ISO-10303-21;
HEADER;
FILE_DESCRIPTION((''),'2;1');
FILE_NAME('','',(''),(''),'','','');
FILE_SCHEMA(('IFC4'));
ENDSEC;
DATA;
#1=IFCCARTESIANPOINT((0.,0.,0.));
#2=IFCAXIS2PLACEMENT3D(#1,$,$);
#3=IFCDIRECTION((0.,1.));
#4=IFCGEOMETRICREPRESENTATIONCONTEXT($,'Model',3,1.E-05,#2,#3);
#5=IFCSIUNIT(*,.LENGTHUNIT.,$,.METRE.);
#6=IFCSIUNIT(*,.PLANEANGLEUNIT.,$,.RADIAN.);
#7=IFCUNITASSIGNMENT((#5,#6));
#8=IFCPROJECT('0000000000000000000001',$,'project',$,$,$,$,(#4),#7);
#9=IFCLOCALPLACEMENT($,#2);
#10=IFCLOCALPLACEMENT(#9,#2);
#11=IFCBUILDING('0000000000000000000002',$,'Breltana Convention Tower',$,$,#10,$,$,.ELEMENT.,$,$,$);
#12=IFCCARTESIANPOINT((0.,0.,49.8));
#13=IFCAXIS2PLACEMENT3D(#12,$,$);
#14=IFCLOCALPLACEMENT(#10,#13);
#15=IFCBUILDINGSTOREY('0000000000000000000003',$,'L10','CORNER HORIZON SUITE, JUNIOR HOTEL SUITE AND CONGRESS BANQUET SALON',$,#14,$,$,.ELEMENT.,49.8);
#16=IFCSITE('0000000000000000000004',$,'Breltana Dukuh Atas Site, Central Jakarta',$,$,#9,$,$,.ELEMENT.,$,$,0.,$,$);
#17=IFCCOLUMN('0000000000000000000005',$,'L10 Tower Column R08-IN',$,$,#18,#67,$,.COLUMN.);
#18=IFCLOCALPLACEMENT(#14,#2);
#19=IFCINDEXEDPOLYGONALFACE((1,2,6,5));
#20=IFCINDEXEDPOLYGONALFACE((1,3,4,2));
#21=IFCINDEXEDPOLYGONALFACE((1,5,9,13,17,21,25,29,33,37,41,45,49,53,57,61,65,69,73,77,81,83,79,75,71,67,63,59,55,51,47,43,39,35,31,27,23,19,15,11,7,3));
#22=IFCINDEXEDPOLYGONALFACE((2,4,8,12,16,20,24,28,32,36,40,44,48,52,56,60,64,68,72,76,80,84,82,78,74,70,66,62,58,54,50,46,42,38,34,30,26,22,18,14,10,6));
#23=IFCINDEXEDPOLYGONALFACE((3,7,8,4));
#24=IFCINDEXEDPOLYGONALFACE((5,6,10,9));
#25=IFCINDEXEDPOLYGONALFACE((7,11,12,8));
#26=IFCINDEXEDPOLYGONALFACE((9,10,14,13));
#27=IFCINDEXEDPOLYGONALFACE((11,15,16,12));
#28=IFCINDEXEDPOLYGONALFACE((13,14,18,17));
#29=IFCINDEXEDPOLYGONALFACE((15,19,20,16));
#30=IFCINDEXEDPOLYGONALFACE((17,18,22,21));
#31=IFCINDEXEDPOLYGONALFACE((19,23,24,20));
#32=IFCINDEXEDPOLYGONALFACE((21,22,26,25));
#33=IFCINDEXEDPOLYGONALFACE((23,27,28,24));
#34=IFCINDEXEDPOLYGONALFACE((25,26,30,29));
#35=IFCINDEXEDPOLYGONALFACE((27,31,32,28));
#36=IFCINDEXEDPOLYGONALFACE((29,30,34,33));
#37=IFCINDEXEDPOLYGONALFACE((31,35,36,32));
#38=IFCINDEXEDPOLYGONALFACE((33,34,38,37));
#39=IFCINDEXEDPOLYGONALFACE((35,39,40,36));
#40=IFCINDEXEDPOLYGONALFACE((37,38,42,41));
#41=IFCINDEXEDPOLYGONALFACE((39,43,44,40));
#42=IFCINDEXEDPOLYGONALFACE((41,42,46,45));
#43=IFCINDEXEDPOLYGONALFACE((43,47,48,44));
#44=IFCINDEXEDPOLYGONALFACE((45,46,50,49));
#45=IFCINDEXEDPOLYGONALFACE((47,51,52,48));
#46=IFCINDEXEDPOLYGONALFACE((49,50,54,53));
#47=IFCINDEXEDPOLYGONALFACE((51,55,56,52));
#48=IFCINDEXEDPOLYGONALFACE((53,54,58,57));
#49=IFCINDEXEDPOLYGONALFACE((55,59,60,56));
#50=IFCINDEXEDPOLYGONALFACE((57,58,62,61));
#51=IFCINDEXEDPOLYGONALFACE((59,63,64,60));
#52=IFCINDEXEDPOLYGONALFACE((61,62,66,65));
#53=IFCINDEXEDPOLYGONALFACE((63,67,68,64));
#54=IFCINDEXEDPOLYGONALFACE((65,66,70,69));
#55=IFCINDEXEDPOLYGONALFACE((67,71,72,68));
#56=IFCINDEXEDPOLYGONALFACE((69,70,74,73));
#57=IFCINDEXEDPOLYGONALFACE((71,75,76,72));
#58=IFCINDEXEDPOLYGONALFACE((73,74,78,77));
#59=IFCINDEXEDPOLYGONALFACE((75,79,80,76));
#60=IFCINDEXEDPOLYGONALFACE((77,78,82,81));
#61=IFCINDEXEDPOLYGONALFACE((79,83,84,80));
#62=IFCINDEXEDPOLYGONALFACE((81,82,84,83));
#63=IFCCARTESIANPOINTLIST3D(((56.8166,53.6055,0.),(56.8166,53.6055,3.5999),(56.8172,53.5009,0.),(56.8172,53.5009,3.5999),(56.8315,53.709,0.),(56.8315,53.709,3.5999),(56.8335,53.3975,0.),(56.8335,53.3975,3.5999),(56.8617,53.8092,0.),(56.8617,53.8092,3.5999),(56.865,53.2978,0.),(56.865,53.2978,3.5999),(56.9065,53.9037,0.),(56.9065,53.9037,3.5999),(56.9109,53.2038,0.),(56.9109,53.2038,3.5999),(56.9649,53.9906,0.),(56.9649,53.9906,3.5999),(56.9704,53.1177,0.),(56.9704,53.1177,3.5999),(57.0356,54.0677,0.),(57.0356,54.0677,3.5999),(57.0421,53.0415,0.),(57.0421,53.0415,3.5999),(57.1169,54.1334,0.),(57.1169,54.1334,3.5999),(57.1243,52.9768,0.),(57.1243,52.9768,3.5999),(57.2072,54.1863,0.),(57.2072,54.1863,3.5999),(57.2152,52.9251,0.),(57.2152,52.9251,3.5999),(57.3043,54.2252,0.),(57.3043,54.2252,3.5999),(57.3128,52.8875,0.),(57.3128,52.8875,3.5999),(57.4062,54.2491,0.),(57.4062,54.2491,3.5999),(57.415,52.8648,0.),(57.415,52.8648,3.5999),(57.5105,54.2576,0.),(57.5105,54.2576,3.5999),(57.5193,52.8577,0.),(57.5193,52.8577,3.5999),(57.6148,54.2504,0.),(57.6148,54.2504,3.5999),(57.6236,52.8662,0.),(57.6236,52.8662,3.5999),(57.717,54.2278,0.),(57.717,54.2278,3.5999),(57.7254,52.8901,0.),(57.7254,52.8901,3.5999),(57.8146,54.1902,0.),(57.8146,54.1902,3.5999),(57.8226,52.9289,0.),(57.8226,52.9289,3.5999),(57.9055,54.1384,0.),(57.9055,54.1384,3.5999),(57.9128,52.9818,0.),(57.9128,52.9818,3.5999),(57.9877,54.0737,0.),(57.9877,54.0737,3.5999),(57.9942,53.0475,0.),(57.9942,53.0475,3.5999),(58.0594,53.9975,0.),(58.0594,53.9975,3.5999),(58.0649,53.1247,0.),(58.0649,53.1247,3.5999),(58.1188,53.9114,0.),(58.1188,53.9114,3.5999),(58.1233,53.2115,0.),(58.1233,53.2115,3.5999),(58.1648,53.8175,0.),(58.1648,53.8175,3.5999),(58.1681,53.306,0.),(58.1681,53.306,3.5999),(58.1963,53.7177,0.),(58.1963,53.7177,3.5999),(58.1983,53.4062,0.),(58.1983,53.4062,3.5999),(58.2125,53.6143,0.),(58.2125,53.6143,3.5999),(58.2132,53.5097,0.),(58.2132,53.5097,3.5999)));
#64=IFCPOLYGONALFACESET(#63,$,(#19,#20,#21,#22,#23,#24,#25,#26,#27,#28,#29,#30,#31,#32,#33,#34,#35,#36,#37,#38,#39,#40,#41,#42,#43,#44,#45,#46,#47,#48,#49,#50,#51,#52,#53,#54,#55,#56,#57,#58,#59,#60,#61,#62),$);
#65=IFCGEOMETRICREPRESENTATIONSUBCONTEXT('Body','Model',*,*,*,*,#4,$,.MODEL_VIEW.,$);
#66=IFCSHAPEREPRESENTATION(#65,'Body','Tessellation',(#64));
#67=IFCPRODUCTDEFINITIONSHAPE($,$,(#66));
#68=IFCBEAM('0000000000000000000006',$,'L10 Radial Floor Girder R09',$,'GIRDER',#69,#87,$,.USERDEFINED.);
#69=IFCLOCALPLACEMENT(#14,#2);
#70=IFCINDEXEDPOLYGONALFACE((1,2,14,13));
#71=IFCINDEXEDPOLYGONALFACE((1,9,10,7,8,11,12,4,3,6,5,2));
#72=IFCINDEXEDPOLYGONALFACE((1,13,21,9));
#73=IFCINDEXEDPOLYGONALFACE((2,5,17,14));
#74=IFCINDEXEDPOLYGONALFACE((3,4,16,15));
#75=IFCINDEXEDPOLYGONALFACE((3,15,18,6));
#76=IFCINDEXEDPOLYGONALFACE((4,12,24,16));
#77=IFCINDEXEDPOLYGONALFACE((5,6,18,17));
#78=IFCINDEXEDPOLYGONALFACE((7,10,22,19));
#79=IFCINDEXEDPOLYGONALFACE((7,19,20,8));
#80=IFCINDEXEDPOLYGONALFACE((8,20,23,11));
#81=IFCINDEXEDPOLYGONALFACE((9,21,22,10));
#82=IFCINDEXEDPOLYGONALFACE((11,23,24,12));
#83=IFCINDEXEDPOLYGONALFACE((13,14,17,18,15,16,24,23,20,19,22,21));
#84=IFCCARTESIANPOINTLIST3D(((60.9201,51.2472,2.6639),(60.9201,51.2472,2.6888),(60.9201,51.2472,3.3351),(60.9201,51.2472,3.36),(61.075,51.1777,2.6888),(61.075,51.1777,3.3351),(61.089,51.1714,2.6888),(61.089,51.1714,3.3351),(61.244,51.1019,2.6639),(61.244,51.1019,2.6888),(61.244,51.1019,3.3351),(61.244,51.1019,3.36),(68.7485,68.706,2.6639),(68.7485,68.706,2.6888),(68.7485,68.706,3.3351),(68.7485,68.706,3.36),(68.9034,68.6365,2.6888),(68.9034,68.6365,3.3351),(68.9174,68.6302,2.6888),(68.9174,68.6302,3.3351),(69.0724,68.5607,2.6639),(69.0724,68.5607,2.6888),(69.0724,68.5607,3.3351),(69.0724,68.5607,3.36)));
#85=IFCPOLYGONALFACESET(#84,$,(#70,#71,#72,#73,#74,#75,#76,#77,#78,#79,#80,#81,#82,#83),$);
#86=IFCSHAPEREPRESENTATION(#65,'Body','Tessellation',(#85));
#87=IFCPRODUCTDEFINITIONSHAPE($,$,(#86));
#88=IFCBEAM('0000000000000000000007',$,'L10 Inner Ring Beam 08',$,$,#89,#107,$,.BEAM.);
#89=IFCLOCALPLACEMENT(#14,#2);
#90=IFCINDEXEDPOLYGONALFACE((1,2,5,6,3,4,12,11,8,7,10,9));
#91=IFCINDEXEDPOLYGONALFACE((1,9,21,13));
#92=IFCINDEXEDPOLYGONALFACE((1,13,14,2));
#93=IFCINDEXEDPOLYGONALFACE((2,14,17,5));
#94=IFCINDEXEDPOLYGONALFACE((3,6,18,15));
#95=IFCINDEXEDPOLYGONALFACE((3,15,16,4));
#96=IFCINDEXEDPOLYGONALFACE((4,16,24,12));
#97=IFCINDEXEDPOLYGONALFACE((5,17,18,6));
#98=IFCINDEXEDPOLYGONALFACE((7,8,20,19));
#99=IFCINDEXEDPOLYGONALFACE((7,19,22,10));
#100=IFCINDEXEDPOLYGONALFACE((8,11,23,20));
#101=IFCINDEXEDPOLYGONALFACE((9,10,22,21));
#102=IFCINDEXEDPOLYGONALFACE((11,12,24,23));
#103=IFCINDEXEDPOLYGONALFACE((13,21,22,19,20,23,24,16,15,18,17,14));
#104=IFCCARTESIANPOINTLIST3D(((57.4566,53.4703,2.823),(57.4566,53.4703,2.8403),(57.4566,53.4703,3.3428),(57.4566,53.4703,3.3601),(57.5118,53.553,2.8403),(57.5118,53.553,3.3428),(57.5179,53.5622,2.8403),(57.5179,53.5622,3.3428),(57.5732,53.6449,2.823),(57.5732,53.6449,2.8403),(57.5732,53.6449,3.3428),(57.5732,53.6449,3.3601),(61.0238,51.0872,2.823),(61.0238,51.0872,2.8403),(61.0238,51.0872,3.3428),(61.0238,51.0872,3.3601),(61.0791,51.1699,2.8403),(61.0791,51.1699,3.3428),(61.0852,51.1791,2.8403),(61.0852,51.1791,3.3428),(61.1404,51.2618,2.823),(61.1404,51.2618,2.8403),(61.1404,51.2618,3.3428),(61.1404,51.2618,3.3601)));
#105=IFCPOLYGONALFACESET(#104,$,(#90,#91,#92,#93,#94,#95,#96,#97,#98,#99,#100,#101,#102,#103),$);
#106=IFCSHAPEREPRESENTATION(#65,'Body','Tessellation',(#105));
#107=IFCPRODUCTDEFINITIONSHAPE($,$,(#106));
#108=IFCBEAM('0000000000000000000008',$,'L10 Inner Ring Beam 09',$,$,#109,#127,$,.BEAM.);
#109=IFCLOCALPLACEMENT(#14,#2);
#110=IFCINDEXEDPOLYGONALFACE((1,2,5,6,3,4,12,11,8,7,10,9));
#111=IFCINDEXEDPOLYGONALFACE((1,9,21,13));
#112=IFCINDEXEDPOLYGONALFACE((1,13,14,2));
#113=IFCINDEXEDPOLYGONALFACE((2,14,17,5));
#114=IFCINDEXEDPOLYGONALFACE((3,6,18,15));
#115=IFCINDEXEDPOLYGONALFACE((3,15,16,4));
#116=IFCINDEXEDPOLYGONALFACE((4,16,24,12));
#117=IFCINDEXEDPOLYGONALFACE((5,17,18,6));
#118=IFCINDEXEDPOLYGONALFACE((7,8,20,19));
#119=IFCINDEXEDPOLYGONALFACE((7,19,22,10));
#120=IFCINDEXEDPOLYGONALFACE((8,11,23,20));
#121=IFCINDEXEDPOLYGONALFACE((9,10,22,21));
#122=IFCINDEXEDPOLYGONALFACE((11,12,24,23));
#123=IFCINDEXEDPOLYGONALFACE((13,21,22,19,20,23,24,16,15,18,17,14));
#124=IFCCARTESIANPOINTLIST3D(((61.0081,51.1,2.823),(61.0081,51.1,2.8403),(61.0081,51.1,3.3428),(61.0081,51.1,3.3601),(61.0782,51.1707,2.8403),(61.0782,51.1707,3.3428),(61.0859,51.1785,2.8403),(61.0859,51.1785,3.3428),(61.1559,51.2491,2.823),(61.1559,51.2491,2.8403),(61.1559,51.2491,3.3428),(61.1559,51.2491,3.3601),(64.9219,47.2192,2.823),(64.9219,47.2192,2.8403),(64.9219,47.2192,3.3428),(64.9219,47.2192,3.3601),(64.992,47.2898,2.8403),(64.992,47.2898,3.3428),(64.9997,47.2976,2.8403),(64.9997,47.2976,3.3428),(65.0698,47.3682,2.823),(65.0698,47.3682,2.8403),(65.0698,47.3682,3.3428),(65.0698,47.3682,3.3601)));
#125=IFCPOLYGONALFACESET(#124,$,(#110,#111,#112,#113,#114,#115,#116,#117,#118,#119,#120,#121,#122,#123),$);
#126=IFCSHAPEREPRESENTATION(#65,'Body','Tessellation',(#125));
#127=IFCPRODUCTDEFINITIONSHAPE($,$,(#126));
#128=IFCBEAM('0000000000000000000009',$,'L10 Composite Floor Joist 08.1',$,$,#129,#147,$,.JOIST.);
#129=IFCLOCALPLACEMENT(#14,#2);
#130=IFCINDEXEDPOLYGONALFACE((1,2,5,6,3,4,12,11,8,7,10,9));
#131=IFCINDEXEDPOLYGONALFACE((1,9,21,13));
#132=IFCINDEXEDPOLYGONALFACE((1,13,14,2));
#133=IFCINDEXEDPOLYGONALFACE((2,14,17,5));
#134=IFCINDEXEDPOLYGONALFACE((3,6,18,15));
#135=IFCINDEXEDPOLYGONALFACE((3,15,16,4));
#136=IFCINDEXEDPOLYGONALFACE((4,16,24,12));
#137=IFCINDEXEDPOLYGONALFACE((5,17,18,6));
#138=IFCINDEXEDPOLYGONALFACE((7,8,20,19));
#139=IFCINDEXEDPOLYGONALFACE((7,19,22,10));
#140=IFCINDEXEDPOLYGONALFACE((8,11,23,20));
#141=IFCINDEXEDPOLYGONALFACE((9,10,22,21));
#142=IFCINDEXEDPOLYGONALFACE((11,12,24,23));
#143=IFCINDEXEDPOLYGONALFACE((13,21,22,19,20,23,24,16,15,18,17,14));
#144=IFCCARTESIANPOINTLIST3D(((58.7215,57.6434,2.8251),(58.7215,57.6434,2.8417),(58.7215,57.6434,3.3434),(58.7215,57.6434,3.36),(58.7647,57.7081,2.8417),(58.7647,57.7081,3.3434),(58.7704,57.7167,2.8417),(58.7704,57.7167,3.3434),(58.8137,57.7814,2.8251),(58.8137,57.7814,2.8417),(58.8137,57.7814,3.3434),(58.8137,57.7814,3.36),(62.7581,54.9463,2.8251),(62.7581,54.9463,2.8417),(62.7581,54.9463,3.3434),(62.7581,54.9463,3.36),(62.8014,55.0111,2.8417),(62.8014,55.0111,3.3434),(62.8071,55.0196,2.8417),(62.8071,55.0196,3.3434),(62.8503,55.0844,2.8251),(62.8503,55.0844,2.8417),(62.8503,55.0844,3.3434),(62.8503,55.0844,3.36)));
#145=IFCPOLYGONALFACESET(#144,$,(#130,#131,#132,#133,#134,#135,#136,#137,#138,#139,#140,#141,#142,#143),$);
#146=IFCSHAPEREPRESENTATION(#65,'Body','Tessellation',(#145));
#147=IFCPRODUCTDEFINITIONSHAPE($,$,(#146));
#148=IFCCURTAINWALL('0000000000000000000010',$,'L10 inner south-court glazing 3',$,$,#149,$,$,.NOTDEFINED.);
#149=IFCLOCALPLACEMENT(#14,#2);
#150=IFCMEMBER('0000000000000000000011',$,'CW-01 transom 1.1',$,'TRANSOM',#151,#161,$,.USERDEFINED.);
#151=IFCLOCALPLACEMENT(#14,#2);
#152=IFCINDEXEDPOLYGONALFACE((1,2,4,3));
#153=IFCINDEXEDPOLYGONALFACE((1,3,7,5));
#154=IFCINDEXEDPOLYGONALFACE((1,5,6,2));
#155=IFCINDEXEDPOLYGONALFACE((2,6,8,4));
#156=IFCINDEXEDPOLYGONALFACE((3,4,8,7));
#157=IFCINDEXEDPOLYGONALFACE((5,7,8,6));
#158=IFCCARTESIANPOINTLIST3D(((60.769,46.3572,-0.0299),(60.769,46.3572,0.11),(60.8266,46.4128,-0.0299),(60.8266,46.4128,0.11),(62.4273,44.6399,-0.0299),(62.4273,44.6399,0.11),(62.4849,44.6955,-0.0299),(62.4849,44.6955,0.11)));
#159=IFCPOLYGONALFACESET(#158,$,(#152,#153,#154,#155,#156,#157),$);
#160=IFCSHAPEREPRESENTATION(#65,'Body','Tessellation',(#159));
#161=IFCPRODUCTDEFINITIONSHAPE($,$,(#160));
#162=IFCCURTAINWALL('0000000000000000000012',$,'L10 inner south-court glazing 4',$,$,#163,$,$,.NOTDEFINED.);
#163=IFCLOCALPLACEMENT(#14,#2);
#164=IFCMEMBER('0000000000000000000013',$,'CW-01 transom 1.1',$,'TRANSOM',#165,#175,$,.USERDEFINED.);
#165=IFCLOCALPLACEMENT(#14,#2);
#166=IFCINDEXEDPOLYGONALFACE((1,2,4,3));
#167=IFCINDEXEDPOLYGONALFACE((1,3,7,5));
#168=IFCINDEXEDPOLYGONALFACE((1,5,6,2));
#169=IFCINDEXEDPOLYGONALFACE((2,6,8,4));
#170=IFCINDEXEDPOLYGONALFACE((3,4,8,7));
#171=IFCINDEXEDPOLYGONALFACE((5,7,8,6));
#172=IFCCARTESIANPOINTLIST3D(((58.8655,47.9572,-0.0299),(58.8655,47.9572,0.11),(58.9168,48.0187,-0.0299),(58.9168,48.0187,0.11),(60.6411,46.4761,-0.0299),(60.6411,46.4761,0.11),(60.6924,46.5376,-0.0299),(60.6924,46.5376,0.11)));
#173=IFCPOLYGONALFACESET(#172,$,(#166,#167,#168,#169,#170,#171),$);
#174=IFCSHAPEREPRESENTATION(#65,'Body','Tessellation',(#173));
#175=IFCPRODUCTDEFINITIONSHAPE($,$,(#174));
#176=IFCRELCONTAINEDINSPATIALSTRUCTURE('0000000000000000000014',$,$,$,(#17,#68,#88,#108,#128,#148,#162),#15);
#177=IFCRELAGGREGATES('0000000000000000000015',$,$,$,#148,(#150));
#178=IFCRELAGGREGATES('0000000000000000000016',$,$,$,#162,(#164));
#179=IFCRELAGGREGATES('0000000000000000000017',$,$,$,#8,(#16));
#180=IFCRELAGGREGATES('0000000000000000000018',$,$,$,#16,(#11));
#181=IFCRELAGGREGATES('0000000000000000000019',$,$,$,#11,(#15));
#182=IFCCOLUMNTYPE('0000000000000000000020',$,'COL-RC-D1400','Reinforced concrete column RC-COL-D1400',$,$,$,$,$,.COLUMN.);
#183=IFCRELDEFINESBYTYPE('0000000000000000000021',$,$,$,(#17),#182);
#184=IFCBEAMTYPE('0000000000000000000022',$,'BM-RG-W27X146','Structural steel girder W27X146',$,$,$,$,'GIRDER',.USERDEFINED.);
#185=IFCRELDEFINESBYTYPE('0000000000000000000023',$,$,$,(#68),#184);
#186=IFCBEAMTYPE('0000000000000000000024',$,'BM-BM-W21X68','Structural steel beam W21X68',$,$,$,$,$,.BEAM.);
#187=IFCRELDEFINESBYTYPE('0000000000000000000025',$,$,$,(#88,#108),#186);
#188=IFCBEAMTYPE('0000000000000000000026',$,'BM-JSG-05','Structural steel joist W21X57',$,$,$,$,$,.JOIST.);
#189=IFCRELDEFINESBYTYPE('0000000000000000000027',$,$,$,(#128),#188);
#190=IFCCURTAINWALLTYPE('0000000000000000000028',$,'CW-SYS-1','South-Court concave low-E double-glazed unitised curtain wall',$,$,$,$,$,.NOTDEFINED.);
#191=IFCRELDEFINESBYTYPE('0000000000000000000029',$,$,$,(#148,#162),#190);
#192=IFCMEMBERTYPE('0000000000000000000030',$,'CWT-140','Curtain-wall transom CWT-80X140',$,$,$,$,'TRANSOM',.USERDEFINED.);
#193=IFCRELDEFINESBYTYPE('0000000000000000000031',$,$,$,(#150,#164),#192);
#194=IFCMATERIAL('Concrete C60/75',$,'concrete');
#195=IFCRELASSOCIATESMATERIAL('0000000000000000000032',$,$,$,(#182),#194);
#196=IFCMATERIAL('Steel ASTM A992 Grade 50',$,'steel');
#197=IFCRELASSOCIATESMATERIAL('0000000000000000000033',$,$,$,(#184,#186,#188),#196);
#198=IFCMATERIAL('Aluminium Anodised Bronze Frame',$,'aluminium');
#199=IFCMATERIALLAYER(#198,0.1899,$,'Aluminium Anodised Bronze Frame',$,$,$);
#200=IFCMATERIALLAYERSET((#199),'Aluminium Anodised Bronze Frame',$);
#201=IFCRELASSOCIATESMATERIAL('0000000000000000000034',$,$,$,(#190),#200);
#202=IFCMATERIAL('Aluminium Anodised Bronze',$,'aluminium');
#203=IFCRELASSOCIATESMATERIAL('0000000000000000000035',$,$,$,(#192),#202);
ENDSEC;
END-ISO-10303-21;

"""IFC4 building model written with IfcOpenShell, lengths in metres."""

from ifc_helpers import new_model, si_unit, direction, frame, origin, origin_2d, place, context, subcontext, project, spatial, rectangle, circle, i_section, extrude, source, transform, mapped, material, layer, layer_set, material_profile, profile_set, type_object, type_shapes, element, aggregate, save


model = new_model("IFC4")

# Units and contexts
model_context = context("Model", 3, precision=1e-05, world=origin(), true_north=direction((0.0, 1.0)))
body_context = subcontext(model_context, "Body", "Model", "MODEL_VIEW")
ifc_project = project(units=[si_unit("LENGTHUNIT", "METRE"), si_unit("PLANEANGLEUNIT", "RADIAN")], contexts=[model_context])

# Site, building, storey
site_placement = place(None, origin())
site = spatial("IfcSite", under=ifc_project, at=site_placement, Name="Breltana Dukuh Atas Site, Central Jakarta", CompositionType="ELEMENT", RefElevation=0.0)
building_placement = place(site_placement, origin())
building = spatial("IfcBuilding", under=site, at=building_placement, Name="Breltana Convention Tower", CompositionType="ELEMENT")
storey_placement = place(building_placement, frame((0.0, 0.0, 49.8)))
storey = spatial("IfcBuildingStorey", under=building, at=storey_placement, Name="L10", Description="CORNER HORIZON SUITE, JUNIOR HOTEL SUITE AND CONGRESS BANQUET SALON", CompositionType="ELEMENT", Elevation=49.8)

# Column
ifc_material_1 = material(Name="Concrete C60/75", Category="concrete")
ifc_material_profile_1 = material_profile(ifc_material_1, circle(Radius=0.7, at=origin_2d()), Name="RC-COL-D1400")
ifc_profile_set_1 = profile_set([ifc_material_profile_1], Name="Concrete C60/75")
column_type = type_object("IfcColumnType", Name="COL-RC-D1400", Description="Reinforced concrete column RC-COL-D1400", PredefinedType="COLUMN", material=ifc_profile_set_1)
shared_shape_1 = source(origin(), body_context, "Body", "SweptSolid", [
    extrude(circle(Radius=0.7, at=origin_2d()), origin(), (0.0, 0.0, 1.0), 3.5999),
])
for number, where, z_axis, x_axis, name in (
    (1, (57.5149, 53.5576, 0.0), (0.0, 0.0, 1.0), (0.288698, 0.95742, 0.0), "L10 Tower Column R08-IN"),
):
    element("IfcColumn", number, at=place(storey_placement, frame(where, z_axis=z_axis, x_axis=x_axis)), inside=storey, type_object=column_type, Name=name, PredefinedType="COLUMN", context=body_context, shape_type="MappedRepresentation", body=[
        mapped(shared_shape_1, transform((0.0, 0.0, 0.0), scale=1.0)),
    ])

# Beams
ifc_material_2 = material(Name="Steel ASTM A992 Grade 50", Category="steel")
ifc_material_profile_2 = material_profile(ifc_material_2, i_section(OverallWidth=0.355, OverallDepth=0.696, WebThickness=0.0154, FlangeThickness=0.0249, at=origin_2d()), Name="W27X146")
ifc_profile_set_2 = profile_set([ifc_material_profile_2], Name="Steel ASTM A992 Grade 50")
beam_type_1 = type_object("IfcBeamType", Name="BM-RG-W27X146", Description="Structural steel girder W27X146", ElementType="GIRDER", PredefinedType="USERDEFINED", material=ifc_profile_set_2)
shared_shape_2 = source(origin(), body_context, "Body", "SweptSolid", [
    extrude(i_section(OverallWidth=0.355, OverallDepth=0.696, WebThickness=0.0154, FlangeThickness=0.0249, at=origin_2d()), origin(), (0.0, 0.0, 1.0), 19.1335),
])
beam_1_placement = place(storey_placement, frame((61.082, 51.1746, 3.012), z_axis=(0.409145, 0.91247, 0.0), x_axis=(-0.91247, 0.409145, 0.0)))
element("IfcBeam", 2, at=beam_1_placement, inside=storey, type_object=beam_type_1, Name="L10 Radial Floor Girder R09", ObjectType="GIRDER", PredefinedType="USERDEFINED", context=body_context, shape_type="MappedRepresentation", body=[
    mapped(shared_shape_2, transform((0.0, 0.0, 0.0), scale=1.0)),
])
ifc_material_profile_3 = material_profile(ifc_material_2, i_section(OverallWidth=0.21, OverallDepth=0.5371, WebThickness=0.011, FlangeThickness=0.0173, at=origin_2d()), Name="W21X68")
ifc_profile_set_3 = profile_set([ifc_material_profile_3], Name="Steel ASTM A992 Grade 50")
beam_type_2 = type_object("IfcBeamType", Name="BM-BM-W21X68", Description="Structural steel beam W21X68", PredefinedType="BEAM", material=ifc_profile_set_3)
shared_shape_3 = source(origin(), body_context, "Body", "SweptSolid", [
    extrude(i_section(OverallWidth=0.21, OverallDepth=0.5371, WebThickness=0.011, FlangeThickness=0.0173, at=origin_2d()), origin(), (0.0, 0.0, 1.0), 4.29),
])
beam_2_placement = place(storey_placement, frame((57.5149, 53.5576, 3.0916), z_axis=(0.831516, -0.555501, 0.0), x_axis=(0.555501, 0.831516, 0.0)))
element("IfcBeam", 3, at=beam_2_placement, inside=storey, type_object=beam_type_2, Name="L10 Inner Ring Beam 08", PredefinedType="BEAM", context=body_context, shape_type="MappedRepresentation", body=[
    mapped(shared_shape_3, transform((0.0, 0.0, 0.0), scale=1.0)),
])
shared_shape_4 = source(origin(), body_context, "Body", "SweptSolid", [
    extrude(i_section(OverallWidth=0.21, OverallDepth=0.5371, WebThickness=0.011, FlangeThickness=0.0173, at=origin_2d()), origin(), (0.0, 0.0, 1.0), 5.5117),
])
beam_3_placement = place(storey_placement, frame((61.082, 51.1746, 3.0916), z_axis=(0.71009, -0.704111, 0.0), x_axis=(0.704111, 0.71009, 0.0)))
element("IfcBeam", 4, at=beam_3_placement, inside=storey, type_object=beam_type_2, Name="L10 Inner Ring Beam 09", PredefinedType="BEAM", context=body_context, shape_type="MappedRepresentation", body=[
    mapped(shared_shape_4, transform((0.0, 0.0, 0.0), scale=1.0)),
])
ifc_material_profile_4 = material_profile(ifc_material_2, i_section(OverallWidth=0.166, OverallDepth=0.5349, WebThickness=0.0103, FlangeThickness=0.0166, at=origin_2d()), Name="W21X57")
ifc_profile_set_4 = profile_set([ifc_material_profile_4], Name="Steel ASTM A992 Grade 50")
beam_type_3 = type_object("IfcBeamType", Name="BM-JSG-05", Description="Structural steel joist W21X57", PredefinedType="JOIST", material=ifc_profile_set_4)
shared_shape_5 = source(origin(), body_context, "Body", "SweptSolid", [
    extrude(i_section(OverallWidth=0.166, OverallDepth=0.5349, WebThickness=0.0103, FlangeThickness=0.0166, at=origin_2d()), origin(), (0.0, 0.0, 1.0), 4.8547),
])
beam_4_placement = place(storey_placement, frame((58.7676, 57.7124, 3.0925), z_axis=(0.831485, -0.555547, 0.0), x_axis=(0.555547, 0.831485, 0.0)))
element("IfcBeam", 5, at=beam_4_placement, inside=storey, type_object=beam_type_3, Name="L10 Composite Floor Joist 08.1", PredefinedType="JOIST", context=body_context, shape_type="MappedRepresentation", body=[
    mapped(shared_shape_5, transform((0.0, 0.0, 0.0), scale=1.0)),
])

# Curtain wall, member
ifc_material_3 = material(Name="Aluminium Anodised Bronze Frame", Category="aluminium")
ifc_layer_1 = layer(ifc_material_3, 0.1899, Name="Aluminium Anodised Bronze Frame")
ifc_layer_set_1 = layer_set([ifc_layer_1], Name="Aluminium Anodised Bronze Frame")
curtain_wall_type = type_object("IfcCurtainWallType", Name="CW-SYS-1", Description="South-Court concave low-E double-glazed unitised curtain wall", PredefinedType="NOTDEFINED", material=ifc_layer_set_1)
curtain_wall_1_placement = place(storey_placement, origin())
curtain_wall_1 = element("IfcCurtainWall", 6, at=curtain_wall_1_placement, inside=storey, type_object=curtain_wall_type, Name="L10 inner south-court glazing 3", PredefinedType="NOTDEFINED")
ifc_material_4 = material(Name="Aluminium Anodised Bronze", Category="aluminium")
ifc_material_profile_5 = material_profile(ifc_material_4, rectangle(XDim=0.0801, YDim=0.1399, at=origin_2d()), Name="CWT-80X140")
ifc_profile_set_5 = profile_set([ifc_material_profile_5], Name="Aluminium Anodised Bronze")
member_type_1 = type_object("IfcMemberType", Name="CWT-140", Description="Curtain-wall transom CWT-80X140", ElementType="TRANSOM", PredefinedType="USERDEFINED", material=ifc_profile_set_5)
shared_shape_6 = source(origin(), body_context, "Body", "SweptSolid", [
    extrude(rectangle(XDim=0.0801, YDim=0.1399, at=origin_2d()), origin(), (0.0, 0.0, 1.0), 2.3872),
])
type_shapes(member_type_1, [shared_shape_6])
member_1_placement = place(storey_placement, frame((62.4561, 44.6677, 0.04), z_axis=(-0.694624, 0.719373, 0.0), x_axis=(-0.719373, -0.694624, 0.0)))
member_1 = element("IfcMember", 7, at=member_1_placement, type_object=member_type_1, Name="CW-01 transom 1.1", ObjectType="TRANSOM", PredefinedType="USERDEFINED", context=body_context, shape_type="MappedRepresentation", body=[
    mapped(shared_shape_6, transform((0.0, 0.0, 0.0), scale=1.0)),
])

# Curtain wall, member
curtain_wall_2_placement = place(storey_placement, origin())
curtain_wall_2 = element("IfcCurtainWall", 8, at=curtain_wall_2_placement, inside=storey, type_object=curtain_wall_type, Name="L10 inner south-court glazing 4", PredefinedType="NOTDEFINED")
shared_shape_7 = source(origin(), body_context, "Body", "SweptSolid", [
    extrude(rectangle(XDim=0.0801, YDim=0.1399, at=origin_2d()), origin(), (0.0, 0.0, 1.0), 2.3123),
])
member_2_placement = place(storey_placement, frame((60.6667, 46.5068, 0.04), z_axis=(-0.767901, 0.640569, 0.0), x_axis=(-0.640569, -0.767901, 0.0)))
member_2 = element("IfcMember", 9, at=member_2_placement, type_object=member_type_1, Name="CW-01 transom 1.1", ObjectType="TRANSOM", PredefinedType="USERDEFINED", context=body_context, shape_type="MappedRepresentation", body=[
    mapped(shared_shape_7, transform((0.0, 0.0, 0.0), scale=1.0)),
])

aggregate(curtain_wall_1, [member_1])
aggregate(curtain_wall_2, [member_2])

save(model, "model.ifc")
